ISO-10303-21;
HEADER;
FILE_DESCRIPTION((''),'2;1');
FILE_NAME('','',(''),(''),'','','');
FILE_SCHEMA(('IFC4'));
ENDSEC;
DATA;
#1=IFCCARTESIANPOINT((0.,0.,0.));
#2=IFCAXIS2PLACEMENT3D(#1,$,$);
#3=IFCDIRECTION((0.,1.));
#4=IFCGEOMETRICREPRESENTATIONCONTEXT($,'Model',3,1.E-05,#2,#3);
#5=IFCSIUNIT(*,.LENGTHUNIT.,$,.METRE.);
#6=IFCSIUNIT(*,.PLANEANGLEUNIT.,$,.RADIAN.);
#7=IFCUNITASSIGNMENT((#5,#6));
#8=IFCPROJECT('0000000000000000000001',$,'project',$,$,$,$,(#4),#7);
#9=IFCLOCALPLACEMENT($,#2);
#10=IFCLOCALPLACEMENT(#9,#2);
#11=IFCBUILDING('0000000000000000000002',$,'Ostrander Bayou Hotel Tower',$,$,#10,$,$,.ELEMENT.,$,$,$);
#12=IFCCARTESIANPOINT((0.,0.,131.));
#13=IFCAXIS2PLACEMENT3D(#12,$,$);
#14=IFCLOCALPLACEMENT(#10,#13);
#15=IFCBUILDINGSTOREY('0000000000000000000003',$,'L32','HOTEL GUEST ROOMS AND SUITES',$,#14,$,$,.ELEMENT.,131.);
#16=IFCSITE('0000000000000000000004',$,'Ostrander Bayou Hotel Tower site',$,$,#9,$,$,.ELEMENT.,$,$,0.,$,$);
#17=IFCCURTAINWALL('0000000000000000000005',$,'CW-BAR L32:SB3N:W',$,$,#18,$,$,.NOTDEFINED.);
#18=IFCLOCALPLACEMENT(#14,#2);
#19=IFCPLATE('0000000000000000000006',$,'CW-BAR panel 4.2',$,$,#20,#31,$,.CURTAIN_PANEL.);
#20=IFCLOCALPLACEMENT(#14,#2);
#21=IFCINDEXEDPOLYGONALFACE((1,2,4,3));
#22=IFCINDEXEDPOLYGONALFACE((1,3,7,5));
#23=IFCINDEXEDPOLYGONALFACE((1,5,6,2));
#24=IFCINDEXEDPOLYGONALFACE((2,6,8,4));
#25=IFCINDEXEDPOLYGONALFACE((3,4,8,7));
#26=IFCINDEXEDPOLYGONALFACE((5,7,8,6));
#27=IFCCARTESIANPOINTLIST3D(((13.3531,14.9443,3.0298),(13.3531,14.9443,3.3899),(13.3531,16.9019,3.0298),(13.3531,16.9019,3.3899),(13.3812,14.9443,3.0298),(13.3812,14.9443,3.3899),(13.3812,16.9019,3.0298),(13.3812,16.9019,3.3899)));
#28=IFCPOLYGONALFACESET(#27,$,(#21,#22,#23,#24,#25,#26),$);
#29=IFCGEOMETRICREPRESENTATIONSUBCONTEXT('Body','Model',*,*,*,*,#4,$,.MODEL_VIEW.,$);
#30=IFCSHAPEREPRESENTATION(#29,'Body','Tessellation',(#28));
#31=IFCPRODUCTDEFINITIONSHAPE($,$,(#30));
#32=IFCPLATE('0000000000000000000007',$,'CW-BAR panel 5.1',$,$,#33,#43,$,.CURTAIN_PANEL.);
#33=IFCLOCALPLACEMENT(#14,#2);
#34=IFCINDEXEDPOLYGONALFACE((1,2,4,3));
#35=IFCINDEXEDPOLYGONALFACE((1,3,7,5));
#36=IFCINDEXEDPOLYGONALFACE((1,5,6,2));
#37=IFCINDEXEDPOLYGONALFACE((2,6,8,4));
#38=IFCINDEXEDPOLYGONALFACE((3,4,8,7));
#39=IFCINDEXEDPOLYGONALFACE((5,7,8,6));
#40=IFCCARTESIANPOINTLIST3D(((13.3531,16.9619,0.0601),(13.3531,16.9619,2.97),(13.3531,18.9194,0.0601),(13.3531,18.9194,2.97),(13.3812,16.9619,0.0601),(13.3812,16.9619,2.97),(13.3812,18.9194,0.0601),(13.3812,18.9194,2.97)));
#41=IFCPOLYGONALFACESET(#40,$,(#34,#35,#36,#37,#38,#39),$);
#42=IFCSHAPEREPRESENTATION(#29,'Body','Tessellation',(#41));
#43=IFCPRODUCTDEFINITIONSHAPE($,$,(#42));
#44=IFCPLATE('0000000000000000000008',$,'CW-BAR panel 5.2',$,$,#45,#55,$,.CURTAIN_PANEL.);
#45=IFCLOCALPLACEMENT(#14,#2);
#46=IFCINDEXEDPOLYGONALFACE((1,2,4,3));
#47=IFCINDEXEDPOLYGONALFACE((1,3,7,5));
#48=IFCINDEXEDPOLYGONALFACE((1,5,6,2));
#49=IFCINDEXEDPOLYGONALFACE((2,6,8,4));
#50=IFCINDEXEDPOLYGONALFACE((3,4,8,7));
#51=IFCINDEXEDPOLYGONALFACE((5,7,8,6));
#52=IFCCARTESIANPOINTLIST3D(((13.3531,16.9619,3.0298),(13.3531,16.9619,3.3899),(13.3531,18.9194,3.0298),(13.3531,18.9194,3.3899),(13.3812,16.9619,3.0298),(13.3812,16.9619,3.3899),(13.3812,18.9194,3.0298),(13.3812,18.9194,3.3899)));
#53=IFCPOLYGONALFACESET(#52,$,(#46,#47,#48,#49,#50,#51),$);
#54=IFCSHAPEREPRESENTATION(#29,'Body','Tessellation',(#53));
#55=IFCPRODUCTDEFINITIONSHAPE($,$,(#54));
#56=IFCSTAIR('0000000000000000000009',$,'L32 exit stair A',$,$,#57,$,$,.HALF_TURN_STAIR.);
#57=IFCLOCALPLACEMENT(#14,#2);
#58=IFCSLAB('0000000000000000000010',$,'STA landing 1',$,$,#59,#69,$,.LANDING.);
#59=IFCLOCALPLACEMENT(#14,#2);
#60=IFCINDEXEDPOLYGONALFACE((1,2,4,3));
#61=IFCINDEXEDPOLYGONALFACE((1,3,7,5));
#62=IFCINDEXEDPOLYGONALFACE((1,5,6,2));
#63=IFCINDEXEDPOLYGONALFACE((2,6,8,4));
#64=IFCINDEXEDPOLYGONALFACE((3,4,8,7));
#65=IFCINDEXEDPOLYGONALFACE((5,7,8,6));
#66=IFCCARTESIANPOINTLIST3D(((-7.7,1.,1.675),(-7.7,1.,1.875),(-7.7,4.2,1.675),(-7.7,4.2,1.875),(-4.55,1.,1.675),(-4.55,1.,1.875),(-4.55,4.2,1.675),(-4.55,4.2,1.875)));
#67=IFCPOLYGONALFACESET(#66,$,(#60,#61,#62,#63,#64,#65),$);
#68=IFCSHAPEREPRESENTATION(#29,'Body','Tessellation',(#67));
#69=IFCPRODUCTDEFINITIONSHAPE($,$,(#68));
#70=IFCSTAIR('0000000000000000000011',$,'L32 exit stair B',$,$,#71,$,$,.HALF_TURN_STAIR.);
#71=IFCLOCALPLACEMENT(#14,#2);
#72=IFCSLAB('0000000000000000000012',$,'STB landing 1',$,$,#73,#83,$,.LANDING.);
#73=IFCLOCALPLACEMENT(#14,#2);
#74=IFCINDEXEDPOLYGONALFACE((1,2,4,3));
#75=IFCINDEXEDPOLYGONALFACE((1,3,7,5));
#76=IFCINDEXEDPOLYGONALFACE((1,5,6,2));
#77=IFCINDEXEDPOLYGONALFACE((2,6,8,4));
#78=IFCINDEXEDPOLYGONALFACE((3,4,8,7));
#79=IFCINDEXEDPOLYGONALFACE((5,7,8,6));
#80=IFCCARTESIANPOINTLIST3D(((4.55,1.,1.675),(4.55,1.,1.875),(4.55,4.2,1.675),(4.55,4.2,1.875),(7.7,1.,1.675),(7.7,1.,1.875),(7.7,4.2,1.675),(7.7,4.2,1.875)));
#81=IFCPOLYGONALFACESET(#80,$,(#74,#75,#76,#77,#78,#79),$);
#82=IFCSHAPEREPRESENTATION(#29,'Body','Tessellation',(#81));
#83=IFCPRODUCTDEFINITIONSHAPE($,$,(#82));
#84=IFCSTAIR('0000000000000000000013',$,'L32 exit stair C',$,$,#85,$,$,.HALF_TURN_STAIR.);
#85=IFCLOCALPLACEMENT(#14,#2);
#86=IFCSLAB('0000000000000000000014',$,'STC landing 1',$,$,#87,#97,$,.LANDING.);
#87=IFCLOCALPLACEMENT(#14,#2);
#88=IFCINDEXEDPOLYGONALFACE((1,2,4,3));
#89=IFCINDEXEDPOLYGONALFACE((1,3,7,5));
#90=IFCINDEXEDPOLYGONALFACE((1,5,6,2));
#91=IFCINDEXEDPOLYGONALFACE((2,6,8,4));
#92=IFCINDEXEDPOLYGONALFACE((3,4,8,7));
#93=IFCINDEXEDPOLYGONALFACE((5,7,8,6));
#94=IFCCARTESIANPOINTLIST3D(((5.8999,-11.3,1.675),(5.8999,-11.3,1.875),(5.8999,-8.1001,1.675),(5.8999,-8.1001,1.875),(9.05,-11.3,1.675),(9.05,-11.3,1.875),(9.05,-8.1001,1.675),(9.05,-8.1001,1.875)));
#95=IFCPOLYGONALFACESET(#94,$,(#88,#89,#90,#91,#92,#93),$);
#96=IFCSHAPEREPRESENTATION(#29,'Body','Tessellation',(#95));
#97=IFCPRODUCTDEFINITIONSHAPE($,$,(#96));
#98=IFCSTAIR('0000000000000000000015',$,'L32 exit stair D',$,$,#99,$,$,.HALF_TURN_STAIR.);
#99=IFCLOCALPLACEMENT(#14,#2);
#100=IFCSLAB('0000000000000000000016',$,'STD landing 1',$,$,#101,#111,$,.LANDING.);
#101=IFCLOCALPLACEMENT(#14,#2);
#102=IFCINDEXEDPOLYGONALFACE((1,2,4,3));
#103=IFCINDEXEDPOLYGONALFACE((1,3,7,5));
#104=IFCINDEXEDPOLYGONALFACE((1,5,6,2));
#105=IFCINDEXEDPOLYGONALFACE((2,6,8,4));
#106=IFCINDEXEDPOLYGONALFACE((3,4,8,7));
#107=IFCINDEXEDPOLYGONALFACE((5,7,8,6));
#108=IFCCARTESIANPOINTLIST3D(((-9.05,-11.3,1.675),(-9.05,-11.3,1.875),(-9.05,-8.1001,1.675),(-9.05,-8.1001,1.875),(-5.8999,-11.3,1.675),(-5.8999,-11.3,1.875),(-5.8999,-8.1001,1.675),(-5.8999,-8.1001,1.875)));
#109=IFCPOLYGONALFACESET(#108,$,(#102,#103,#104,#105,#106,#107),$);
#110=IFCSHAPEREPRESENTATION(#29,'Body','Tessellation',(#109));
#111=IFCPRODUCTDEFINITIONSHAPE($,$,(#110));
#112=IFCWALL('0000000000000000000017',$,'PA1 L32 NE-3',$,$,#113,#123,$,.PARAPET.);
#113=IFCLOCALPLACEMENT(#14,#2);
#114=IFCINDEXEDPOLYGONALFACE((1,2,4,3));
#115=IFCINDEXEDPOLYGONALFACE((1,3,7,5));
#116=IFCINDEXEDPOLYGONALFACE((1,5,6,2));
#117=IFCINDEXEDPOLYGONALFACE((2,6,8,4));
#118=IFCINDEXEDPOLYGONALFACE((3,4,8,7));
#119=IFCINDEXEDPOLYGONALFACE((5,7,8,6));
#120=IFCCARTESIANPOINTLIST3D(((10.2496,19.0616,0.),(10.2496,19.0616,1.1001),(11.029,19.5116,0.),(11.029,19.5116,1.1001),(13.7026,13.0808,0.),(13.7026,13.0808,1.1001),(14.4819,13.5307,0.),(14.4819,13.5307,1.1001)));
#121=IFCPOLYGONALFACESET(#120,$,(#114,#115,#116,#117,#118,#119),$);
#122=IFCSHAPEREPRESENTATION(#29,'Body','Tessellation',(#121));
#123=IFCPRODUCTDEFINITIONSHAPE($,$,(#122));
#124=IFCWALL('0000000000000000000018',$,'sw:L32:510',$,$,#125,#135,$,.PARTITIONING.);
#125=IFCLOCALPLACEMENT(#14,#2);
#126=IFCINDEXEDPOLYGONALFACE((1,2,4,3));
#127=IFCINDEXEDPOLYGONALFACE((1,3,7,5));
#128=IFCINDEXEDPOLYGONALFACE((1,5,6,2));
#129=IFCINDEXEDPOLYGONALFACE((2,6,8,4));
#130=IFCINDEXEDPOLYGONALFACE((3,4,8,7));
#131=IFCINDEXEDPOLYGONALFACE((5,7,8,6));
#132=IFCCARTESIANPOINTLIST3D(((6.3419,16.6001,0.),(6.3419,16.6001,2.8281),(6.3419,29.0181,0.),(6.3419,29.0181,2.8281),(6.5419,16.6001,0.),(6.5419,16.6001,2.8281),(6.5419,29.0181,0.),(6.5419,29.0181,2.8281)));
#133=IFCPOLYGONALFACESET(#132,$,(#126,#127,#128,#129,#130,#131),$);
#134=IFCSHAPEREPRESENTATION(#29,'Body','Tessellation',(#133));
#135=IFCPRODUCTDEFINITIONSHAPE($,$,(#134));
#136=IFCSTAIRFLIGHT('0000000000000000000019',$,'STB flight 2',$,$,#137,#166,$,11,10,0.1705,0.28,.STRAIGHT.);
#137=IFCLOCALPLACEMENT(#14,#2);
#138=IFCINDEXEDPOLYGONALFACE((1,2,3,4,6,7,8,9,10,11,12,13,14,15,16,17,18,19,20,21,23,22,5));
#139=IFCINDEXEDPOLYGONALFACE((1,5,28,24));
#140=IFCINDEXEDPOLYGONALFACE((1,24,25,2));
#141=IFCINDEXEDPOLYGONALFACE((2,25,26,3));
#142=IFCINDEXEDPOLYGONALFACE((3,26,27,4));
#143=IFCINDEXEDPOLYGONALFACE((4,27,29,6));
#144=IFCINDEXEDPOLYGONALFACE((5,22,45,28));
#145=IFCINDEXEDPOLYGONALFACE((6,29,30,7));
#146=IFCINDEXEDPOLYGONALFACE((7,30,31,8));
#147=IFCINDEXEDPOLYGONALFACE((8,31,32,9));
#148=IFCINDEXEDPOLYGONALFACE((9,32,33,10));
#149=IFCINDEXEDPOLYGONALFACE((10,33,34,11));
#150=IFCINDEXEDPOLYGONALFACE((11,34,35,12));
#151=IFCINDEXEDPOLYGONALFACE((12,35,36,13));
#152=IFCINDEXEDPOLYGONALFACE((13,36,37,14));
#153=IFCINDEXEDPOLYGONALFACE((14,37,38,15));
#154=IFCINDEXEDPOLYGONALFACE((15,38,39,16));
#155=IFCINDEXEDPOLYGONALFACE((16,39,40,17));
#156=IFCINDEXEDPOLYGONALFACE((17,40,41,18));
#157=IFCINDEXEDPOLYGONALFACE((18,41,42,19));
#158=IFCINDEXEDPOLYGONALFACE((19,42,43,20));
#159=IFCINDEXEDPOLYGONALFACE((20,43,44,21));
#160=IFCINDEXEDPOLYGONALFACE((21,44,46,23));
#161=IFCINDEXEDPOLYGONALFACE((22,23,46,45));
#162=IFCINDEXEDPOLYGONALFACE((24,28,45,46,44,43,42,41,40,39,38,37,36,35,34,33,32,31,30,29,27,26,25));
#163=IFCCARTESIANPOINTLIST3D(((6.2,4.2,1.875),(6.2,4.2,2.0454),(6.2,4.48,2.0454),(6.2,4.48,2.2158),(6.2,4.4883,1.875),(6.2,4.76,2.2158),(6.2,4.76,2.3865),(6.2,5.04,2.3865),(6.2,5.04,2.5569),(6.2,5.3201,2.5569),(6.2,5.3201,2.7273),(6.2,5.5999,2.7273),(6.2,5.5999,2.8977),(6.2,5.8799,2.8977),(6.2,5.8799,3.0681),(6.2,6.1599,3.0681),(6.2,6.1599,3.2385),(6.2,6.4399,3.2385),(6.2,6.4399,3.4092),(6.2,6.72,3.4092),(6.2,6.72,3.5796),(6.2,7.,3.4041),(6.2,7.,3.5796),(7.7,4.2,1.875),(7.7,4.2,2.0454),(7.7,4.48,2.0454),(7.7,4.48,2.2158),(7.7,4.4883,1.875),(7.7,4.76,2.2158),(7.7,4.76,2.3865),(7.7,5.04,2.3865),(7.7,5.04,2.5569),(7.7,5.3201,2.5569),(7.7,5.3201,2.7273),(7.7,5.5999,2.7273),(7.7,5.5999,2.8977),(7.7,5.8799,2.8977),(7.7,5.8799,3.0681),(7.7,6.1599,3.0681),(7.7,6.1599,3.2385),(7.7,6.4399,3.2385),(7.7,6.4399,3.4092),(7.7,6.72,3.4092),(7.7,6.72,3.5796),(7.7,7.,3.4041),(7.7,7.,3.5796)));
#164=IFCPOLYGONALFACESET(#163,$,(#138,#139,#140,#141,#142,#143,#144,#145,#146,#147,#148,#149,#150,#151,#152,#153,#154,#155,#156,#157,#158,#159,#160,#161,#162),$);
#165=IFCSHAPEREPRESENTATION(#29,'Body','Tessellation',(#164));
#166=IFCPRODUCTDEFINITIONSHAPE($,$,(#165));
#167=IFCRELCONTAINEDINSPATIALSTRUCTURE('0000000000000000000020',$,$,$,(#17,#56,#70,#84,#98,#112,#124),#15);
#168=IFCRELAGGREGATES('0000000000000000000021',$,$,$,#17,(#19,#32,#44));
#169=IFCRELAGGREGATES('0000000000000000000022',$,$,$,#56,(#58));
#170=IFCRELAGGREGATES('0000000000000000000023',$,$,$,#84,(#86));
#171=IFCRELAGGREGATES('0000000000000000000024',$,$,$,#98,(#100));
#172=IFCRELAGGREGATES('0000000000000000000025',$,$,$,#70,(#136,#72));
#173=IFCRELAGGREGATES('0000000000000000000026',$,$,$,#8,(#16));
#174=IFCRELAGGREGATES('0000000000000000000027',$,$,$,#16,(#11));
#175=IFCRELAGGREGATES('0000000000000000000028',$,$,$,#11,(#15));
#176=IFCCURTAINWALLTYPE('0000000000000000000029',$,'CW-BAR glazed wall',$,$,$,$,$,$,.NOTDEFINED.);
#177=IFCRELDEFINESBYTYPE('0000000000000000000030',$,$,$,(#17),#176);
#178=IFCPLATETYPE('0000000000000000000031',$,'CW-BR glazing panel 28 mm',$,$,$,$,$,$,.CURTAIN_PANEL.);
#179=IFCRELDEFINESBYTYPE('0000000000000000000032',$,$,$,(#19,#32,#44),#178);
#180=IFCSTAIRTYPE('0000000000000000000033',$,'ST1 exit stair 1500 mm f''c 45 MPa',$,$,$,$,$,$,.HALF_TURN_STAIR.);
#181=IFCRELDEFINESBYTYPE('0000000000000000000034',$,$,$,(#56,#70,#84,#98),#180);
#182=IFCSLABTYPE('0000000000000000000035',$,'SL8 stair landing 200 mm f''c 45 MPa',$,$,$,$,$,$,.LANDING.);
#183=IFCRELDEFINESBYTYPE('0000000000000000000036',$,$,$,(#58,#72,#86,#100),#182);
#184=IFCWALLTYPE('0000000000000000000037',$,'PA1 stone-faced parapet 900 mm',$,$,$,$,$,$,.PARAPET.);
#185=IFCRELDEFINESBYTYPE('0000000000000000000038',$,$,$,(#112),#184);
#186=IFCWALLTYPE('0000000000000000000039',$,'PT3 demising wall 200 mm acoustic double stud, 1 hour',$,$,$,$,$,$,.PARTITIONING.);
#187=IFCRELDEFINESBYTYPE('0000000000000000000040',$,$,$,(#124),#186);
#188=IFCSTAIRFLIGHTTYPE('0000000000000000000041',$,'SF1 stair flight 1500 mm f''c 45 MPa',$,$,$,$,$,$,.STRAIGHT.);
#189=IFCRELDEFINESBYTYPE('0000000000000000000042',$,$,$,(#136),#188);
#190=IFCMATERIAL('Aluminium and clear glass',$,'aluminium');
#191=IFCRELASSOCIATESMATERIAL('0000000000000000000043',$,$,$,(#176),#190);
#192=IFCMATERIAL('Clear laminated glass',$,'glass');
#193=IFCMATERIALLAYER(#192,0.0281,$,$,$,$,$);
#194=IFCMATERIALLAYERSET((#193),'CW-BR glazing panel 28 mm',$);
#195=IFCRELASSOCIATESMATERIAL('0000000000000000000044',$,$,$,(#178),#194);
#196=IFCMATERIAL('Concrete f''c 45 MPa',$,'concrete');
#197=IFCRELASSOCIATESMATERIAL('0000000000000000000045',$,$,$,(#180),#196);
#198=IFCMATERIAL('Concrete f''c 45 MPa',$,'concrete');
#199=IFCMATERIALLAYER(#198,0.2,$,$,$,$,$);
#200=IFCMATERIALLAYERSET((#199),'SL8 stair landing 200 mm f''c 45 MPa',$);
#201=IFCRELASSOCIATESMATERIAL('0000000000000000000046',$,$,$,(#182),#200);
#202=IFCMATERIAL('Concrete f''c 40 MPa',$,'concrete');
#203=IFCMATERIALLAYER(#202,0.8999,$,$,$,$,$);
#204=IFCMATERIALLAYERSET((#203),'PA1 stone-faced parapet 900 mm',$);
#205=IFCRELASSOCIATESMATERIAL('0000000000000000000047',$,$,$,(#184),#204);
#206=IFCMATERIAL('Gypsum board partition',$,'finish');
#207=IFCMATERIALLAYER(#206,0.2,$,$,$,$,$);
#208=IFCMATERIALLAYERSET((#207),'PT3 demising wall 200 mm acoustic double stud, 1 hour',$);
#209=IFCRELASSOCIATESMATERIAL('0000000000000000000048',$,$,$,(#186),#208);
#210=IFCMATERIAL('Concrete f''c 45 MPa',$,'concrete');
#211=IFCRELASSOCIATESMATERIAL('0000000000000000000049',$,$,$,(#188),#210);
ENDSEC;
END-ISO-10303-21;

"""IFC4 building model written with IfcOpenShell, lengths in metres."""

from ifc_helpers import new_model, si_unit, direction, frame, frame_2d, origin, origin_2d, place, context, subcontext, project, spatial, polyline, rectangle, outline, extrude, material, layer, layer_set, type_object, element, aggregate, save


model = new_model("IFC4")

# Units and contexts
model_context = context("Model", 3, precision=1e-05, world=origin(), true_north=direction((0.0, 1.0)))
body_context = subcontext(model_context, "Body", "Model", "MODEL_VIEW")
ifc_project = project(units=[si_unit("LENGTHUNIT", "METRE"), si_unit("PLANEANGLEUNIT", "RADIAN")], contexts=[model_context])

# Site, building, storey
site_placement = place(None, origin())
site = spatial("IfcSite", under=ifc_project, at=site_placement, Name="Ostrander Bayou Hotel Tower site", CompositionType="ELEMENT", RefElevation=0.0)
building_placement = place(site_placement, origin())
building = spatial("IfcBuilding", under=site, at=building_placement, Name="Ostrander Bayou Hotel Tower", CompositionType="ELEMENT")
storey_placement = place(building_placement, frame((0.0, 0.0, 131.0)))
storey = spatial("IfcBuildingStorey", under=building, at=storey_placement, Name="L32", Description="HOTEL GUEST ROOMS AND SUITES", CompositionType="ELEMENT", Elevation=131.0)

# Curtain wall, plates
ifc_material_1 = material(Name="Aluminium and clear glass", Category="aluminium")
curtain_wall_type = type_object("IfcCurtainWallType", Name="CW-BAR glazed wall", PredefinedType="NOTDEFINED", material=ifc_material_1)
curtain_wall_placement = place(storey_placement, origin())
curtain_wall = element("IfcCurtainWall", 1, at=curtain_wall_placement, inside=storey, type_object=curtain_wall_type, Name="CW-BAR L32:SB3N:W", PredefinedType="NOTDEFINED")
ifc_material_2 = material(Name="Clear laminated glass", Category="glass")
ifc_layer_1 = layer(ifc_material_2, 0.0281)
ifc_layer_set_1 = layer_set([ifc_layer_1], Name="CW-BR glazing panel 28 mm")
plate_type = type_object("IfcPlateType", Name="CW-BR glazing panel 28 mm", PredefinedType="CURTAIN_PANEL", material=ifc_layer_set_1)
plate_1_placement = place(storey_placement, frame((13.3672, 15.9231, 3.0298), z_axis=(0.0, 0.0, 1.0), x_axis=(0.0, 1.0, 0.0)))
plate_1 = element("IfcPlate", 2, at=plate_1_placement, type_object=plate_type, Name="CW-BAR panel 4.2", PredefinedType="CURTAIN_PANEL", context=body_context, shape_type="SweptSolid", body=[
    extrude(rectangle(XDim=1.9575, YDim=0.0281, at=origin_2d()), origin(), (0.0, 0.0, 1.0), 0.3601),
])
plate_2_placement = place(storey_placement, frame((13.3672, 17.9407, 0.0601), z_axis=(0.0, 0.0, 1.0), x_axis=(0.0, 1.0, 0.0)))
plate_2 = element("IfcPlate", 3, at=plate_2_placement, type_object=plate_type, Name="CW-BAR panel 5.1", PredefinedType="CURTAIN_PANEL", context=body_context, shape_type="SweptSolid", body=[
    extrude(rectangle(XDim=1.9575, YDim=0.0281, at=origin_2d()), origin(), (0.0, 0.0, 1.0), 2.9099),
])
plate_3_placement = place(storey_placement, frame((13.3672, 17.9407, 3.0298), z_axis=(0.0, 0.0, 1.0), x_axis=(0.0, 1.0, 0.0)))
plate_3 = element("IfcPlate", 4, at=plate_3_placement, type_object=plate_type, Name="CW-BAR panel 5.2", PredefinedType="CURTAIN_PANEL", context=body_context, shape_type="SweptSolid", body=[
    extrude(rectangle(XDim=1.9575, YDim=0.0281, at=origin_2d()), origin(), (0.0, 0.0, 1.0), 0.3601),
])
aggregate(curtain_wall, [plate_1, plate_2, plate_3])

# Stairs, slabs
ifc_material_3 = material(Name="Concrete f'c 45 MPa", Category="concrete")
stair_type = type_object("IfcStairType", Name="ST1 exit stair 1500 mm f'c 45 MPa", PredefinedType="HALF_TURN_STAIR", material=ifc_material_3)
stair_1_placement = place(storey_placement, origin())
stair_1 = element("IfcStair", 5, at=stair_1_placement, inside=storey, type_object=stair_type, Name="L32 exit stair A", PredefinedType="HALF_TURN_STAIR")
ifc_material_4 = material(Name="Concrete f'c 45 MPa", Category="concrete")
ifc_layer_2 = layer(ifc_material_4, 0.2)
ifc_layer_set_2 = layer_set([ifc_layer_2], Name="SL8 stair landing 200 mm f'c 45 MPa")
slab_type = type_object("IfcSlabType", Name="SL8 stair landing 200 mm f'c 45 MPa", PredefinedType="LANDING", material=ifc_layer_set_2)
slab_1_placement = place(storey_placement, frame((0.0, 0.0, 1.675)))
slab_1 = element("IfcSlab", 6, at=slab_1_placement, type_object=slab_type, Name="STA landing 1", PredefinedType="LANDING", context=body_context, shape_type="SweptSolid", body=[
    extrude(outline(polyline([(-7.7, 4.2), (-7.7, 1.0), (-4.55, 1.0), (-4.55, 4.2), (-7.7, 4.2)])), origin(), (0.0, 0.0, 1.0), 0.2),
])
aggregate(stair_1, [slab_1])
stair_2_placement = place(storey_placement, origin())
stair_2 = element("IfcStair", 7, at=stair_2_placement, inside=storey, type_object=stair_type, Name="L32 exit stair B", PredefinedType="HALF_TURN_STAIR")
slab_2_placement = place(storey_placement, frame((0.0, 0.0, 1.675)))
slab_2 = element("IfcSlab", 8, at=slab_2_placement, type_object=slab_type, Name="STB landing 1", PredefinedType="LANDING", context=body_context, shape_type="SweptSolid", body=[
    extrude(outline(polyline([(4.55, 4.2), (4.55, 1.0), (7.7, 1.0), (7.7, 4.2), (4.55, 4.2)])), origin(), (0.0, 0.0, 1.0), 0.2),
])
stair_3_placement = place(storey_placement, origin())
stair_3 = element("IfcStair", 9, at=stair_3_placement, inside=storey, type_object=stair_type, Name="L32 exit stair C", PredefinedType="HALF_TURN_STAIR")
slab_3_placement = place(storey_placement, frame((0.0, 0.0, 1.675)))
slab_3 = element("IfcSlab", 10, at=slab_3_placement, type_object=slab_type, Name="STC landing 1", PredefinedType="LANDING", context=body_context, shape_type="SweptSolid", body=[
    extrude(outline(polyline([(5.8999, -8.1001), (5.8999, -11.3), (9.05, -11.3), (9.05, -8.1001), (5.8999, -8.1001)])), origin(), (0.0, 0.0, 1.0), 0.2),
])
aggregate(stair_3, [slab_3])
stair_4_placement = place(storey_placement, origin())
stair_4 = element("IfcStair", 11, at=stair_4_placement, inside=storey, type_object=stair_type, Name="L32 exit stair D", PredefinedType="HALF_TURN_STAIR")
slab_4_placement = place(storey_placement, frame((0.0, 0.0, 1.675)))
slab_4 = element("IfcSlab", 12, at=slab_4_placement, type_object=slab_type, Name="STD landing 1", PredefinedType="LANDING", context=body_context, shape_type="SweptSolid", body=[
    extrude(outline(polyline([(-9.05, -8.1001), (-9.05, -11.3), (-5.8999, -11.3), (-5.8999, -8.1001), (-9.05, -8.1001)])), origin(), (0.0, 0.0, 1.0), 0.2),
])
aggregate(stair_4, [slab_4])

# Walls
ifc_material_5 = material(Name="Concrete f'c 40 MPa", Category="concrete")
ifc_layer_3 = layer(ifc_material_5, 0.8999)
ifc_layer_set_3 = layer_set([ifc_layer_3], Name="PA1 stone-faced parapet 900 mm")
wall_type_1 = type_object("IfcWallType", Name="PA1 stone-faced parapet 900 mm", PredefinedType="PARAPET", material=ifc_layer_set_3)
wall_1_placement = place(storey_placement, frame((14.0923, 13.3057, 0.0), z_axis=(0.0, 0.0, 1.0), x_axis=(-0.499991, 0.866031, 0.0)))
element("IfcWall", 13, at=wall_1_placement, inside=storey, type_object=wall_type_1, Name="PA1 L32 NE-3", PredefinedType="PARAPET", context=body_context, shape_type="SweptSolid", body=[
    extrude(rectangle(XDim=6.906, YDim=0.8999, at=frame_2d((3.4531, 0.0))), origin(), (0.0, 0.0, 1.0), 1.1001),
])
ifc_material_6 = material(Name="Gypsum board partition", Category="finish")
ifc_layer_4 = layer(ifc_material_6, 0.2)
ifc_layer_set_4 = layer_set([ifc_layer_4], Name="PT3 demising wall 200 mm acoustic double stud, 1 hour")
wall_type_2 = type_object("IfcWallType", Name="PT3 demising wall 200 mm acoustic double stud, 1 hour", PredefinedType="PARTITIONING", material=ifc_layer_set_4)
wall_2_placement = place(storey_placement, frame((6.4419, 16.6001, 0.0), z_axis=(0.0, 0.0, 1.0), x_axis=(0.0, 1.0, 0.0)))
element("IfcWall", 14, at=wall_2_placement, inside=storey, type_object=wall_type_2, Name="sw:L32:510", PredefinedType="PARTITIONING", context=body_context, shape_type="SweptSolid", body=[
    extrude(rectangle(XDim=12.418, YDim=0.2, at=frame_2d((6.209, 0.0))), origin(), (0.0, 0.0, 1.0), 2.8281),
])

# Stair flight
ifc_material_7 = material(Name="Concrete f'c 45 MPa", Category="concrete")
stair_flight_type = type_object("IfcStairFlightType", Name="SF1 stair flight 1500 mm f'c 45 MPa", PredefinedType="STRAIGHT", material=ifc_material_7)
stair_flight_placement = place(storey_placement, frame((6.95, 4.2, 1.875), z_axis=(0.0, 0.0, 1.0), x_axis=(0.0, 1.0, 0.0)))
stair_flight = element("IfcStairFlight", 15, at=stair_flight_placement, type_object=stair_flight_type, Name="STB flight 2", NumberOfRisers=11, NumberOfTreads=10, PredefinedType="STRAIGHT", RiserHeight=0.1705, TreadLength=0.28, context=body_context, shape_type="SweptSolid", body=[
    extrude(outline(polyline([(0.0, 0.0), (0.0, 0.1704), (0.28, 0.1704), (0.28, 0.3408), (0.5601, 0.3408), (0.5601, 0.5115), (0.8401, 0.5115), (0.8401, 0.6819), (1.1201, 0.6819), (1.1201, 0.8523), (1.3999, 0.8523), (1.3999, 1.0227), (1.6799, 1.0227), (1.6799, 1.1931), (1.96, 1.1931), (1.96, 1.3635), (2.24, 1.3635), (2.24, 1.5342), (2.52, 1.5342), (2.52, 1.7046), (2.8, 1.7046), (2.8, 1.875), (2.8, 1.5291), (0.2883, 0.0), (0.0, 0.0)])), frame((0.0, 0.75, 0.0), z_axis=(0.0, -1.0, 0.0), x_axis=(1.0, 0.0, 0.0)), (0.0, 0.0, 1.0), 1.5),
])
aggregate(stair_2, [stair_flight, slab_2])

save(model, "model.ifc")
